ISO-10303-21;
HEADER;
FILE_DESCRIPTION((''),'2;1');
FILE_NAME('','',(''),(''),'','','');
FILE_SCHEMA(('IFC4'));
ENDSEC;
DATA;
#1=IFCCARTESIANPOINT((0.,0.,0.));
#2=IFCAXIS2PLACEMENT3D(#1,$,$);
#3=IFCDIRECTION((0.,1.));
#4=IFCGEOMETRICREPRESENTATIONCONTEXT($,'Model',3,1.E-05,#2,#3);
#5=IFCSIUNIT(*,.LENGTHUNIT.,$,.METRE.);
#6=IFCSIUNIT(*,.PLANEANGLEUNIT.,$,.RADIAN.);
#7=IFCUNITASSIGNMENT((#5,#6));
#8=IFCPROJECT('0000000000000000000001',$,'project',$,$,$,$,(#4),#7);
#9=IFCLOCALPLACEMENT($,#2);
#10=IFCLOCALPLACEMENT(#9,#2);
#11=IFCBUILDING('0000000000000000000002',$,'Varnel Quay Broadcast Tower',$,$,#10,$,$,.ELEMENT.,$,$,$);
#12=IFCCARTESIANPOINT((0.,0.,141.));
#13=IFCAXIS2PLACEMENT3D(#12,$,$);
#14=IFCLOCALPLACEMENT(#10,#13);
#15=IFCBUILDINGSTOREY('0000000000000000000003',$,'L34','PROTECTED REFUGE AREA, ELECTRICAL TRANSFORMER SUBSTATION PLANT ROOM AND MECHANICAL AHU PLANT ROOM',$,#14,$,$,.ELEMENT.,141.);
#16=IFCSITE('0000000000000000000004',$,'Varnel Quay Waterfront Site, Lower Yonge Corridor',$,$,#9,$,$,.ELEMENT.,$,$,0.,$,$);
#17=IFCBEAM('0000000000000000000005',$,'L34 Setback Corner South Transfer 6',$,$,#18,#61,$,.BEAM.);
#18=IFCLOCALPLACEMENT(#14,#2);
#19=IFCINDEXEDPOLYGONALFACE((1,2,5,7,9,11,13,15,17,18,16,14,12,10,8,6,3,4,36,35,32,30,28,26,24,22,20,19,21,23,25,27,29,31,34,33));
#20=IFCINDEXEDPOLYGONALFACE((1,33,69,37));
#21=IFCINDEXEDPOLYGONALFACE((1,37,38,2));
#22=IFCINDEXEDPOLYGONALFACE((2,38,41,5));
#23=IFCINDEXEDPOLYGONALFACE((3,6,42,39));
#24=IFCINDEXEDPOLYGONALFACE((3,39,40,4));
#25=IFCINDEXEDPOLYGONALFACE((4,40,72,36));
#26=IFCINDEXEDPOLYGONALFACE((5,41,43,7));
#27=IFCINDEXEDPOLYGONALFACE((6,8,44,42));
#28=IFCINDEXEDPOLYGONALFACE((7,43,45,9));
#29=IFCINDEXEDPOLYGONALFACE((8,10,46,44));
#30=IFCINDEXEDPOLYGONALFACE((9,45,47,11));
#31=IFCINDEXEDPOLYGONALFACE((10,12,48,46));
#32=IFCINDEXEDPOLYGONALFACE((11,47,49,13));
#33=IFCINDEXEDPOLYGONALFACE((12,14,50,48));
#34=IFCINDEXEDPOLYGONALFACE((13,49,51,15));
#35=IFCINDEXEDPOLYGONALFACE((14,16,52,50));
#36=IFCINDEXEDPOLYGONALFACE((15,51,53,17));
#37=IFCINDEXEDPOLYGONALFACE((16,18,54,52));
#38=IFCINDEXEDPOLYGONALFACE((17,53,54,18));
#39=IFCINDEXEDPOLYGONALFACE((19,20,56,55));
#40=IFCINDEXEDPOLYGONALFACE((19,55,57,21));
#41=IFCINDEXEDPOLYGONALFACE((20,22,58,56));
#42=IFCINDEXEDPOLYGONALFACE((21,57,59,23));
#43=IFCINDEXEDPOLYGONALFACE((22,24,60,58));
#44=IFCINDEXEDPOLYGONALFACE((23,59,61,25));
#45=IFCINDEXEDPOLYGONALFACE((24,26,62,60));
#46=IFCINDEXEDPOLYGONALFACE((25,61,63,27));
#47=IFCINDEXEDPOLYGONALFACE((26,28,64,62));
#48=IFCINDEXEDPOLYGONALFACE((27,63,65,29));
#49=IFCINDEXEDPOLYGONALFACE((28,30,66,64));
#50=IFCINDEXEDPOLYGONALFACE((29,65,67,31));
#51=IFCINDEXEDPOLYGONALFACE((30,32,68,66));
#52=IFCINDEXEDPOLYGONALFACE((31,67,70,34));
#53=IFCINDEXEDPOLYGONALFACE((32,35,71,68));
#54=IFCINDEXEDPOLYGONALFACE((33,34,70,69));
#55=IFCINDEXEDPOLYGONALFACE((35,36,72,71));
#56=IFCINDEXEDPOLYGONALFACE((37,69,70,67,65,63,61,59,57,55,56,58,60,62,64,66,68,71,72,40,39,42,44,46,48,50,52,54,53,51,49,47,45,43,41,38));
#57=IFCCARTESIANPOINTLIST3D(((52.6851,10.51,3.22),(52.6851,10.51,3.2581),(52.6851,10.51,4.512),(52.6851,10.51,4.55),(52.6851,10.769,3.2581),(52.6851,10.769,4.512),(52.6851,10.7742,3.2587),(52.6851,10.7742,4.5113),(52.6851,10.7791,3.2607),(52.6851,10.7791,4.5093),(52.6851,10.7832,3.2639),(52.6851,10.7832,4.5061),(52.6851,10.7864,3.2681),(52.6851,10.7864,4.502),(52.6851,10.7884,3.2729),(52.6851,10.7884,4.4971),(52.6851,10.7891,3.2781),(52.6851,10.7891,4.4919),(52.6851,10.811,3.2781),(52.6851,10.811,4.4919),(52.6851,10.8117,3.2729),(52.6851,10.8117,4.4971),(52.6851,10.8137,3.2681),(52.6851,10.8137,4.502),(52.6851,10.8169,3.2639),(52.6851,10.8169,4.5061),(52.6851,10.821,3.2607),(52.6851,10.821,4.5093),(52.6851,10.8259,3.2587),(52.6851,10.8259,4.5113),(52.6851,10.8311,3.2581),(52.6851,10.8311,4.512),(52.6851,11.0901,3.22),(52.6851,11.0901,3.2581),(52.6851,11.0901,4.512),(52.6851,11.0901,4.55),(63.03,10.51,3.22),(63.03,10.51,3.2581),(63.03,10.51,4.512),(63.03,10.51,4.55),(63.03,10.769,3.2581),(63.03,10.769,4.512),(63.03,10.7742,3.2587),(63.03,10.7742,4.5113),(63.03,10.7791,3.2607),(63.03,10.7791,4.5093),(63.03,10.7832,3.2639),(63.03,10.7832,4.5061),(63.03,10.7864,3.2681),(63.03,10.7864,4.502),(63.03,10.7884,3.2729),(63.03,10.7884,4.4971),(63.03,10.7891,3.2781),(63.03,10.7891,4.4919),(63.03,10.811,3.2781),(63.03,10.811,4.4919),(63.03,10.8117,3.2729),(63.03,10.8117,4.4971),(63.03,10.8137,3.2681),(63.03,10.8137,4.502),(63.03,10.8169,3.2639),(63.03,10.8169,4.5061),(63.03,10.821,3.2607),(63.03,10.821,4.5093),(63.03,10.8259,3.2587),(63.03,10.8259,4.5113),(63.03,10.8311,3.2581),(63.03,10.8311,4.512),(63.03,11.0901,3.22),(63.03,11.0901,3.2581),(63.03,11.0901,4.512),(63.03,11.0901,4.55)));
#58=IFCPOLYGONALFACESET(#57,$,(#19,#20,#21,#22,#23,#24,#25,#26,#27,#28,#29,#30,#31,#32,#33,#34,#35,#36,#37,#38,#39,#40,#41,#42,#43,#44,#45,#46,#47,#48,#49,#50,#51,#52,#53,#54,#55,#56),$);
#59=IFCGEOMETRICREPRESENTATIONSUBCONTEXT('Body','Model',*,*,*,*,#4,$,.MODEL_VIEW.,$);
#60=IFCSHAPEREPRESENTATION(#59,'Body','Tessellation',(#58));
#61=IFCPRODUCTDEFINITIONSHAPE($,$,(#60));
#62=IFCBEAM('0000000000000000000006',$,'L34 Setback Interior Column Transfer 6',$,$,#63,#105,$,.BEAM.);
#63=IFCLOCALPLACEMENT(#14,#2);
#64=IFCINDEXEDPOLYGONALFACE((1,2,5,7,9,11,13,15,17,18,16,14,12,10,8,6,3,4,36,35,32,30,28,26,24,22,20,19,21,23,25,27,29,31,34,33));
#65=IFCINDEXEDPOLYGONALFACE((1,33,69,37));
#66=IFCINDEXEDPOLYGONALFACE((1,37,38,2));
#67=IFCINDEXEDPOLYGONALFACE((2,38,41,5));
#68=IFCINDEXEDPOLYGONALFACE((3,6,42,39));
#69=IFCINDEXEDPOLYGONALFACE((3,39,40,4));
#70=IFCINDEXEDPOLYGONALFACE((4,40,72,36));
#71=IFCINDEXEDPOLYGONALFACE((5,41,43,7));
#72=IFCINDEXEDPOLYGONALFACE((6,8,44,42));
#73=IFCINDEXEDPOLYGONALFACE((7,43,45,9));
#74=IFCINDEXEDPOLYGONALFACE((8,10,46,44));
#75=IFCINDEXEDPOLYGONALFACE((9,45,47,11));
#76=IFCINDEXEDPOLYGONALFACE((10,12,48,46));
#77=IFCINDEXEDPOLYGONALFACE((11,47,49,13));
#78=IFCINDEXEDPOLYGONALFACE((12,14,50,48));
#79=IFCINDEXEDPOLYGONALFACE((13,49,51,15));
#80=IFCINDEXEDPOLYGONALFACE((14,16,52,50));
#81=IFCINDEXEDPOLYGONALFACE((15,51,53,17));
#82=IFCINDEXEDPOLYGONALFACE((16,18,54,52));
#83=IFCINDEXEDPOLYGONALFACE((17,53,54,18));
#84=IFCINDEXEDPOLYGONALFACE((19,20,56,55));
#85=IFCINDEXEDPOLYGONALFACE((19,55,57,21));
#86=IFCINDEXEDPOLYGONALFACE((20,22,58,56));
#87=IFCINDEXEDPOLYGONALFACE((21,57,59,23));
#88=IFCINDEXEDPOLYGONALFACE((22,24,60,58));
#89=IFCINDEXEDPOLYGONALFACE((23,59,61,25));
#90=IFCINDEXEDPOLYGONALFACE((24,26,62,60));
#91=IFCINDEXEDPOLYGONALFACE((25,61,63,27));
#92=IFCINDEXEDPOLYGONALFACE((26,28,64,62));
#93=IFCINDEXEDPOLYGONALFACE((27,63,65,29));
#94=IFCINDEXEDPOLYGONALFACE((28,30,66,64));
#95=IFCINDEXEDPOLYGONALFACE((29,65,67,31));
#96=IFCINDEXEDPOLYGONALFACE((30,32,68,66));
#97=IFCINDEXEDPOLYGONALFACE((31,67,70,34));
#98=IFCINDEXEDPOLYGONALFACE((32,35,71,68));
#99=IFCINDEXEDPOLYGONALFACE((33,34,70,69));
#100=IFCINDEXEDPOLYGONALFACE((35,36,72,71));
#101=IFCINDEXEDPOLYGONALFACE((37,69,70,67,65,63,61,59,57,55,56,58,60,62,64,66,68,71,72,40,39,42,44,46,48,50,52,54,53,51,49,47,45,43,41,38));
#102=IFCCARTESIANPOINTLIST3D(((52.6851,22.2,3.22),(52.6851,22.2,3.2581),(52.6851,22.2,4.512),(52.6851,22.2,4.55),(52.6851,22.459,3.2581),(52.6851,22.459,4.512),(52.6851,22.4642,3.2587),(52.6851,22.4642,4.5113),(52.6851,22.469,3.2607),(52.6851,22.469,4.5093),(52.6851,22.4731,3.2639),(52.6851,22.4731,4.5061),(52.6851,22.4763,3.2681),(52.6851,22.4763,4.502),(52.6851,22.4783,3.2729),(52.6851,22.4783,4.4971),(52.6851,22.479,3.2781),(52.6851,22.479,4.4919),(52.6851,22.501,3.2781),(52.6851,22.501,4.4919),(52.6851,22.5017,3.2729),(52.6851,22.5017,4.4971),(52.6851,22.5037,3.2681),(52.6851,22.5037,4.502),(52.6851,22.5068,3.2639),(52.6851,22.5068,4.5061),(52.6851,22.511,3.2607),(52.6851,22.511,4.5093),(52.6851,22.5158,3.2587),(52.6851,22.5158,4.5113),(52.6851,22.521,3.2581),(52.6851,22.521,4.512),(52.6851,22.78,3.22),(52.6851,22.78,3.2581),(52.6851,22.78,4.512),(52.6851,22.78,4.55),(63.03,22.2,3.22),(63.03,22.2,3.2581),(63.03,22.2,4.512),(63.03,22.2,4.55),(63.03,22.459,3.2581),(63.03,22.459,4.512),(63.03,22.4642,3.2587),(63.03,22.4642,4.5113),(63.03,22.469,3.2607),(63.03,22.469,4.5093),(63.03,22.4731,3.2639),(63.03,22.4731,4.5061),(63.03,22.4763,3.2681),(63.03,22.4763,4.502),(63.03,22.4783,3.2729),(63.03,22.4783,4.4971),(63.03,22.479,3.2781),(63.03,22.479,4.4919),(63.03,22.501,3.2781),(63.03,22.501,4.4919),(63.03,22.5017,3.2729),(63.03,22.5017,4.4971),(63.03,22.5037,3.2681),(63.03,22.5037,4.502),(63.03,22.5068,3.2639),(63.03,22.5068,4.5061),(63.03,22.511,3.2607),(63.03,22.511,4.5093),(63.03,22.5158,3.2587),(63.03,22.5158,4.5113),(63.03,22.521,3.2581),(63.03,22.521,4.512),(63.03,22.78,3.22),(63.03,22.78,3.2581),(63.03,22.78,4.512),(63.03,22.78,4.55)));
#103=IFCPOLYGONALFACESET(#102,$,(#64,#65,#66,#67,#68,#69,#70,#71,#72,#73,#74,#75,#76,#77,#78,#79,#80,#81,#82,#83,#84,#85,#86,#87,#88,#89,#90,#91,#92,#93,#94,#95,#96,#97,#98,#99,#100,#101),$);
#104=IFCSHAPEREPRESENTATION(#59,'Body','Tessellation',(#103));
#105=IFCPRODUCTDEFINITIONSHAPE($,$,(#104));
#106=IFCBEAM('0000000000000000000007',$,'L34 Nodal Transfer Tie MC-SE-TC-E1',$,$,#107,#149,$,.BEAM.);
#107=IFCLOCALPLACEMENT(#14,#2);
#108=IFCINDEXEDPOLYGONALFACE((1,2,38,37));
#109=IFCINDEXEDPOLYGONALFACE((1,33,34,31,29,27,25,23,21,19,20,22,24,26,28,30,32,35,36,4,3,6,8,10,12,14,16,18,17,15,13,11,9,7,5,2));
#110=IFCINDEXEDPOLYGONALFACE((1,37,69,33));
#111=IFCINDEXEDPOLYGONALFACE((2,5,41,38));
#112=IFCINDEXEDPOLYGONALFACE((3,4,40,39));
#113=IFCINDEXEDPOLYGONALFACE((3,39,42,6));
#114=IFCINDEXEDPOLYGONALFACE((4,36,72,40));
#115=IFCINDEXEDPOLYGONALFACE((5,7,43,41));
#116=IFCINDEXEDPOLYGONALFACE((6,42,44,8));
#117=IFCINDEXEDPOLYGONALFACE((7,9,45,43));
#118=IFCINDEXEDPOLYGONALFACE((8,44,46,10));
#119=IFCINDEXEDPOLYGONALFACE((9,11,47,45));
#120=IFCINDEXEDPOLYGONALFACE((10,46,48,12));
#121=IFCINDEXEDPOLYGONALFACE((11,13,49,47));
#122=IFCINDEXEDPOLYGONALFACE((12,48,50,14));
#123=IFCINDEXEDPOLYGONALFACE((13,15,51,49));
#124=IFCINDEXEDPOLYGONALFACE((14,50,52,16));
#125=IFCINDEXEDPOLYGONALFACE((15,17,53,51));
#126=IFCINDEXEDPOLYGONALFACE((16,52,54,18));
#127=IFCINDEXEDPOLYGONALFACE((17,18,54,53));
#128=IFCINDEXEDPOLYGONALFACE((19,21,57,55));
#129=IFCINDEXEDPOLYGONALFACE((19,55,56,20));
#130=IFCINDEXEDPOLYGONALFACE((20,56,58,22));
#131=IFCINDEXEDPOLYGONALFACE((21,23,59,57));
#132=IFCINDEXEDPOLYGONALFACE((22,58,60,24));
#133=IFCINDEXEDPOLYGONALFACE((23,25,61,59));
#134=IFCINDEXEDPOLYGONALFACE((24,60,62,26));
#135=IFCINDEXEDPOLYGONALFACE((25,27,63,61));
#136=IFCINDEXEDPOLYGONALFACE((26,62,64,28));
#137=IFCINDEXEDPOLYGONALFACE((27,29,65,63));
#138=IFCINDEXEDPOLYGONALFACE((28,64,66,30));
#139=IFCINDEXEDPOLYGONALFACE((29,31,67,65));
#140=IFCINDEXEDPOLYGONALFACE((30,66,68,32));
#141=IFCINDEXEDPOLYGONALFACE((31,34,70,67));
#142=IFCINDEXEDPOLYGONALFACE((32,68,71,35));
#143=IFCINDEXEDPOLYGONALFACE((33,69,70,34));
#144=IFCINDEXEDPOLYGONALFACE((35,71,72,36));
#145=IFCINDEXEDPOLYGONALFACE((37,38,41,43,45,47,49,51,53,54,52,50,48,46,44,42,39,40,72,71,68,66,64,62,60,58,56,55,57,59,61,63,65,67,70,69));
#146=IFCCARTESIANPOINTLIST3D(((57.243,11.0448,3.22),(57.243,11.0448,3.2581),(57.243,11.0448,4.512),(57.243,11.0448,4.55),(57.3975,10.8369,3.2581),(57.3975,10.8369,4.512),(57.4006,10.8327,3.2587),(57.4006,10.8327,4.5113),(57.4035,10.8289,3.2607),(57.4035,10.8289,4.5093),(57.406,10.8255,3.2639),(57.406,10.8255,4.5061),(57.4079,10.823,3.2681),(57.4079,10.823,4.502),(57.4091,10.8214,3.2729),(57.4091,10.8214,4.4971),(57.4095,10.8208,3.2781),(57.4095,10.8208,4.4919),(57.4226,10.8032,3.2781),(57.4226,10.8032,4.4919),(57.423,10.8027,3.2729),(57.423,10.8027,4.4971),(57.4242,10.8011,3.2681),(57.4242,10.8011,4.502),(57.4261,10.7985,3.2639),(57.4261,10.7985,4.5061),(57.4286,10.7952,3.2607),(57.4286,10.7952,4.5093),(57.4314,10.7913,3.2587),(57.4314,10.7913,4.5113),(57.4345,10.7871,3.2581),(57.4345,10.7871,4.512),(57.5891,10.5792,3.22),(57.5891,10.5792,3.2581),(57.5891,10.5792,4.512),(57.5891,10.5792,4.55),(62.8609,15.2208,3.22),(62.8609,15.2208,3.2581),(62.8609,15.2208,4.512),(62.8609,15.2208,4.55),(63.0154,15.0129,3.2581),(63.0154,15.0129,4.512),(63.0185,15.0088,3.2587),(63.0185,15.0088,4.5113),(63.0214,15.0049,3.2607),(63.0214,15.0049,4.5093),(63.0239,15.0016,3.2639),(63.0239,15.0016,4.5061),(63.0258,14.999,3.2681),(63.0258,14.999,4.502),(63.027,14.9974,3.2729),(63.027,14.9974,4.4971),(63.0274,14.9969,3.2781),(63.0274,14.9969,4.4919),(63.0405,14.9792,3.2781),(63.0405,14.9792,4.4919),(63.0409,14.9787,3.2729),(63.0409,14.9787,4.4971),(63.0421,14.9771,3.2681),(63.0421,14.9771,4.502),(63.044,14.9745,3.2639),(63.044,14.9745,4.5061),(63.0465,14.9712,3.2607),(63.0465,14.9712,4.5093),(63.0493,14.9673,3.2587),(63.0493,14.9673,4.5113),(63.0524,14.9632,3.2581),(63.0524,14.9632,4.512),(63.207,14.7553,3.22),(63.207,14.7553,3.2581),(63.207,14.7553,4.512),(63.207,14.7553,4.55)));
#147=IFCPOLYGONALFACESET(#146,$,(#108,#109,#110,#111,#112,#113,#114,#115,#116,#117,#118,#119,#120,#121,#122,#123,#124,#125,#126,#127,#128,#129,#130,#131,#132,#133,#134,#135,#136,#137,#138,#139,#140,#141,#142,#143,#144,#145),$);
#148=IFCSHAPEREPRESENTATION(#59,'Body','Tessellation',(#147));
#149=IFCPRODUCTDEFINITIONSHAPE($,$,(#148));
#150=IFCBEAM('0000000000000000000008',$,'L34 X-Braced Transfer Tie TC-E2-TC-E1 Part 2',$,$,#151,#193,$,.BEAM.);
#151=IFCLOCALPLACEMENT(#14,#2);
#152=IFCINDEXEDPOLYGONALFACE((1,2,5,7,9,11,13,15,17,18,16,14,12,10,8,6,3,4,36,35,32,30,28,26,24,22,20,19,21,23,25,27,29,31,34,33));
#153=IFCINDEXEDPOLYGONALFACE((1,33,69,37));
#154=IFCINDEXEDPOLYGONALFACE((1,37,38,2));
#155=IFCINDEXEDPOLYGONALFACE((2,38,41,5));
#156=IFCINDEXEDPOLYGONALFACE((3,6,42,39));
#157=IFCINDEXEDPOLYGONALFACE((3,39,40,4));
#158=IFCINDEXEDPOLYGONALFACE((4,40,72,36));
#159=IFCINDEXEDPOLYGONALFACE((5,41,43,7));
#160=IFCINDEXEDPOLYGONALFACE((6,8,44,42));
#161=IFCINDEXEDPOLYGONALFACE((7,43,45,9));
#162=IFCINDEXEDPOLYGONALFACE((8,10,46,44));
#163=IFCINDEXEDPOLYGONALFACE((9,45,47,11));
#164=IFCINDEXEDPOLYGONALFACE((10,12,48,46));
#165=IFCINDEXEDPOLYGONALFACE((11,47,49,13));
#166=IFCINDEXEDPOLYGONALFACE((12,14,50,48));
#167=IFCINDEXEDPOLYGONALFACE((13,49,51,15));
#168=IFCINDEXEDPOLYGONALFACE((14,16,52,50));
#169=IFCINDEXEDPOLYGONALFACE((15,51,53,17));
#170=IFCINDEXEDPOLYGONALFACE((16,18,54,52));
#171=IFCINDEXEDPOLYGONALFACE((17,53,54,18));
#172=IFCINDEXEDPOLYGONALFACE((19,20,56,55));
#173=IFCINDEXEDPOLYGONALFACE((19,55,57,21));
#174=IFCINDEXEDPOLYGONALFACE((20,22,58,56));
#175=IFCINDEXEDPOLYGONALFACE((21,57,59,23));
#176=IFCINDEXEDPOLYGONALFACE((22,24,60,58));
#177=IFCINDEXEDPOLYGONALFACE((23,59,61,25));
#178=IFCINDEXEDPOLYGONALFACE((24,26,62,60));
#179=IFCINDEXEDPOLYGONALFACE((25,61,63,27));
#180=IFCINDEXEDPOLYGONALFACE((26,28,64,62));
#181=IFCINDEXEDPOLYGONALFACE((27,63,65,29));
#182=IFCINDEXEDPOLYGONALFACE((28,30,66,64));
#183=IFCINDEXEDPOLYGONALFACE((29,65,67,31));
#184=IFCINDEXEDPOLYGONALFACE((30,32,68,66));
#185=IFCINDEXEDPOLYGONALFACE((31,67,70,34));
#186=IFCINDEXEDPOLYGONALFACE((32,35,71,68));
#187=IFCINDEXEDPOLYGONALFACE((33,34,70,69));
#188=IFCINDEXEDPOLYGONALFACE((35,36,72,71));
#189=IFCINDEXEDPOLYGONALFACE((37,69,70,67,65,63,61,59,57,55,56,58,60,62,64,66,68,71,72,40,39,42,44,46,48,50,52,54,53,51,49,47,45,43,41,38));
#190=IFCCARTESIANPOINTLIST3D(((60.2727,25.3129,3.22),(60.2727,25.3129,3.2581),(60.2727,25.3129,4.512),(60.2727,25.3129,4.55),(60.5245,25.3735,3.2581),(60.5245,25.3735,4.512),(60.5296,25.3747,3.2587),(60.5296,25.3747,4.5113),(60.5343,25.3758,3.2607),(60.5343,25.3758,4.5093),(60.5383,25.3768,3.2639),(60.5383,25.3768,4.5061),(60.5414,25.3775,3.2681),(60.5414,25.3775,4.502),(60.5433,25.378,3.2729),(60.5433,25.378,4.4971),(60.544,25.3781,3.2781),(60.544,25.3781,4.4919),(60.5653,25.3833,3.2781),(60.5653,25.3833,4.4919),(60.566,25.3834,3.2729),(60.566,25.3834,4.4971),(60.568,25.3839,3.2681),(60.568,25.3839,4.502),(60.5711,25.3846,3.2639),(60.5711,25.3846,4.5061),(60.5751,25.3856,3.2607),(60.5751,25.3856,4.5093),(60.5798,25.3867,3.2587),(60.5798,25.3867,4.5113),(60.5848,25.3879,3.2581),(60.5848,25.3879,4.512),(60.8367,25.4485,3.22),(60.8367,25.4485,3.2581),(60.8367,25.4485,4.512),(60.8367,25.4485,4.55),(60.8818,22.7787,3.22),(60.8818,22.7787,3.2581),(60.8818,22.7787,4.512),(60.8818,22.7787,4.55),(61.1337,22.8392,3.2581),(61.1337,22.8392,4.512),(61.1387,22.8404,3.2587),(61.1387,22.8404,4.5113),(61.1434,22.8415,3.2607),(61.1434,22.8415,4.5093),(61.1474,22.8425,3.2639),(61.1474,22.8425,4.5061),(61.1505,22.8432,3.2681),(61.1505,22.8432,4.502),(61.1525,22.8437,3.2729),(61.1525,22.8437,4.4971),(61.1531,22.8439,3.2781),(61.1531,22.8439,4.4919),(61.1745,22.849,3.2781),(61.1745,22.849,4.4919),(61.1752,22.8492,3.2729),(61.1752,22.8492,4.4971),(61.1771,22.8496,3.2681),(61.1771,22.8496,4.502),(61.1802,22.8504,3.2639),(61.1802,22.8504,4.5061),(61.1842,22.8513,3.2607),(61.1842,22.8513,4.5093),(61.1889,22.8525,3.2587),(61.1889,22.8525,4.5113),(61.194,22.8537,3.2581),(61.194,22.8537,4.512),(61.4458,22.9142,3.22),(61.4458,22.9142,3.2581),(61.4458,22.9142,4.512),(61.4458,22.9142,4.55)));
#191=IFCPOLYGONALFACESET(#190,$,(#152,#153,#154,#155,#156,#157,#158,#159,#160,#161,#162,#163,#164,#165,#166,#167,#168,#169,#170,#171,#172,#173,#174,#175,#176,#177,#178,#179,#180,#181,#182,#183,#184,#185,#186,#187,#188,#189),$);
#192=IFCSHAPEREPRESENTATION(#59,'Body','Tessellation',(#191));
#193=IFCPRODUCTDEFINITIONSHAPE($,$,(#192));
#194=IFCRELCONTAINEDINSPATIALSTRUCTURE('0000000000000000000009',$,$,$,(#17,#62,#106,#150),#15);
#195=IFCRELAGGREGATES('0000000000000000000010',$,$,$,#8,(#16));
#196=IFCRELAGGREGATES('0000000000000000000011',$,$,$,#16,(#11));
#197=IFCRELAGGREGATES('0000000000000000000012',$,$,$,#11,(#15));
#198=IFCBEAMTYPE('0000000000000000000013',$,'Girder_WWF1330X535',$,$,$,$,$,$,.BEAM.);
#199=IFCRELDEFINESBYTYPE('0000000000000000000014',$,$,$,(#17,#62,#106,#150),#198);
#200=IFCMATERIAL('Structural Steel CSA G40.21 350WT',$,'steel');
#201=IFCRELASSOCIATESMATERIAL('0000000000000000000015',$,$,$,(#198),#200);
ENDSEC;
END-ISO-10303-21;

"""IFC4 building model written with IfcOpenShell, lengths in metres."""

from ifc_helpers import new_model, si_unit, direction, frame, origin, origin_2d, place, context, subcontext, project, spatial, i_section, extrude, source, transform, mapped, material, material_profile, profile_set, type_object, element, save


model = new_model("IFC4")

# Units and contexts
model_context = context("Model", 3, precision=1e-05, world=origin(), true_north=direction((0.0, 1.0)))
body_context = subcontext(model_context, "Body", "Model", "MODEL_VIEW")
ifc_project = project(units=[si_unit("LENGTHUNIT", "METRE"), si_unit("PLANEANGLEUNIT", "RADIAN")], contexts=[model_context])

# Site, building, storey
site_placement = place(None, origin())
site = spatial("IfcSite", under=ifc_project, at=site_placement, Name="Varnel Quay Waterfront Site, Lower Yonge Corridor", CompositionType="ELEMENT", RefElevation=0.0)
building_placement = place(site_placement, origin())
building = spatial("IfcBuilding", under=site, at=building_placement, Name="Varnel Quay Broadcast Tower", CompositionType="ELEMENT")
storey_placement = place(building_placement, frame((0.0, 0.0, 141.0)))
storey = spatial("IfcBuildingStorey", under=building, at=storey_placement, Name="L34", Description="PROTECTED REFUGE AREA, ELECTRICAL TRANSFORMER SUBSTATION PLANT ROOM AND MECHANICAL AHU PLANT ROOM", CompositionType="ELEMENT", Elevation=141.0)

# Beams
ifc_material_1 = material(Name="Structural Steel CSA G40.21 350WT", Category="steel")
ifc_material_profile_1 = material_profile(ifc_material_1, i_section(OverallWidth=0.5801, OverallDepth=1.3301, WebThickness=0.022, FlangeThickness=0.0381, FilletRadius=0.02, at=origin_2d()), Name="WWF1330X535")
ifc_profile_set_1 = profile_set([ifc_material_profile_1], Name="Structural Steel CSA G40.21 350WT")
beam_type = type_object("IfcBeamType", Name="Girder_WWF1330X535", PredefinedType="BEAM", material=ifc_profile_set_1)
shared_shape_1 = source(origin(), body_context, "Body", "SweptSolid", [
    extrude(i_section(OverallWidth=0.5801, OverallDepth=1.3301, WebThickness=0.022, FlangeThickness=0.0381, FilletRadius=0.02, at=origin_2d()), origin(), (0.0, 0.0, 1.0), 10.345),
])
for number, where, z_axis, x_axis, name in (
    (1, (52.6851, 10.8, 3.885), (1.0, 0.0, 0.0), (0.0, 1.0, 0.0), "L34 Setback Corner South Transfer 6"),
    (2, (52.6851, 22.49, 3.885), (1.0, 0.0, 0.0), (0.0, 1.0, 0.0), "L34 Setback Interior Column Transfer 6"),
):
    element("IfcBeam", number, at=place(storey_placement, frame(where, z_axis=z_axis, x_axis=x_axis)), inside=storey, type_object=beam_type, Name=name, PredefinedType="BEAM", context=body_context, shape_type="MappedRepresentation", body=[
        mapped(shared_shape_1, transform((0.0, 0.0, 0.0), x_axis=(1.0, 0.0, 0.0), y_axis=(0.0, 1.0, 0.0), z_axis=(0.0, 0.0, 1.0), scale=1.0)),
    ])
shared_shape_2 = source(origin(), body_context, "Body", "SweptSolid", [
    extrude(i_section(OverallWidth=0.5801, OverallDepth=1.3301, WebThickness=0.022, FlangeThickness=0.0381, FilletRadius=0.02, at=origin_2d()), origin(), (0.0, 0.0, 1.0), 7.0),
])
beam_1_placement = place(storey_placement, frame((63.0339, 14.988, 3.885), z_axis=(-0.802558, -0.596574, 0.0), x_axis=(0.596574, -0.802558, 0.0)))
element("IfcBeam", 3, at=beam_1_placement, inside=storey, type_object=beam_type, Name="L34 Nodal Transfer Tie MC-SE-TC-E1", PredefinedType="BEAM", context=body_context, shape_type="MappedRepresentation", body=[
    mapped(shared_shape_2, transform((0.0, 0.0, 0.0), x_axis=(1.0, 0.0, 0.0), y_axis=(0.0, 1.0, 0.0), z_axis=(0.0, 0.0, 1.0), scale=1.0)),
])
shared_shape_3 = source(origin(), body_context, "Body", "SweptSolid", [
    extrude(i_section(OverallWidth=0.5801, OverallDepth=1.3301, WebThickness=0.022, FlangeThickness=0.0381, FilletRadius=0.02, at=origin_2d()), origin(), (0.0, 0.0, 1.0), 2.6064),
])
beam_2_placement = place(storey_placement, frame((61.1638, 22.8464, 3.885), z_axis=(-0.23371, 0.972306, 0.0), x_axis=(-0.972306, -0.23371, 0.0)))
element("IfcBeam", 4, at=beam_2_placement, inside=storey, type_object=beam_type, Name="L34 X-Braced Transfer Tie TC-E2-TC-E1 Part 2", PredefinedType="BEAM", context=body_context, shape_type="MappedRepresentation", body=[
    mapped(shared_shape_3, transform((0.0, 0.0, 0.0), x_axis=(1.0, 0.0, 0.0), y_axis=(0.0, 1.0, 0.0), z_axis=(0.0, 0.0, 1.0), scale=1.0)),
])

save(model, "model.ifc")
